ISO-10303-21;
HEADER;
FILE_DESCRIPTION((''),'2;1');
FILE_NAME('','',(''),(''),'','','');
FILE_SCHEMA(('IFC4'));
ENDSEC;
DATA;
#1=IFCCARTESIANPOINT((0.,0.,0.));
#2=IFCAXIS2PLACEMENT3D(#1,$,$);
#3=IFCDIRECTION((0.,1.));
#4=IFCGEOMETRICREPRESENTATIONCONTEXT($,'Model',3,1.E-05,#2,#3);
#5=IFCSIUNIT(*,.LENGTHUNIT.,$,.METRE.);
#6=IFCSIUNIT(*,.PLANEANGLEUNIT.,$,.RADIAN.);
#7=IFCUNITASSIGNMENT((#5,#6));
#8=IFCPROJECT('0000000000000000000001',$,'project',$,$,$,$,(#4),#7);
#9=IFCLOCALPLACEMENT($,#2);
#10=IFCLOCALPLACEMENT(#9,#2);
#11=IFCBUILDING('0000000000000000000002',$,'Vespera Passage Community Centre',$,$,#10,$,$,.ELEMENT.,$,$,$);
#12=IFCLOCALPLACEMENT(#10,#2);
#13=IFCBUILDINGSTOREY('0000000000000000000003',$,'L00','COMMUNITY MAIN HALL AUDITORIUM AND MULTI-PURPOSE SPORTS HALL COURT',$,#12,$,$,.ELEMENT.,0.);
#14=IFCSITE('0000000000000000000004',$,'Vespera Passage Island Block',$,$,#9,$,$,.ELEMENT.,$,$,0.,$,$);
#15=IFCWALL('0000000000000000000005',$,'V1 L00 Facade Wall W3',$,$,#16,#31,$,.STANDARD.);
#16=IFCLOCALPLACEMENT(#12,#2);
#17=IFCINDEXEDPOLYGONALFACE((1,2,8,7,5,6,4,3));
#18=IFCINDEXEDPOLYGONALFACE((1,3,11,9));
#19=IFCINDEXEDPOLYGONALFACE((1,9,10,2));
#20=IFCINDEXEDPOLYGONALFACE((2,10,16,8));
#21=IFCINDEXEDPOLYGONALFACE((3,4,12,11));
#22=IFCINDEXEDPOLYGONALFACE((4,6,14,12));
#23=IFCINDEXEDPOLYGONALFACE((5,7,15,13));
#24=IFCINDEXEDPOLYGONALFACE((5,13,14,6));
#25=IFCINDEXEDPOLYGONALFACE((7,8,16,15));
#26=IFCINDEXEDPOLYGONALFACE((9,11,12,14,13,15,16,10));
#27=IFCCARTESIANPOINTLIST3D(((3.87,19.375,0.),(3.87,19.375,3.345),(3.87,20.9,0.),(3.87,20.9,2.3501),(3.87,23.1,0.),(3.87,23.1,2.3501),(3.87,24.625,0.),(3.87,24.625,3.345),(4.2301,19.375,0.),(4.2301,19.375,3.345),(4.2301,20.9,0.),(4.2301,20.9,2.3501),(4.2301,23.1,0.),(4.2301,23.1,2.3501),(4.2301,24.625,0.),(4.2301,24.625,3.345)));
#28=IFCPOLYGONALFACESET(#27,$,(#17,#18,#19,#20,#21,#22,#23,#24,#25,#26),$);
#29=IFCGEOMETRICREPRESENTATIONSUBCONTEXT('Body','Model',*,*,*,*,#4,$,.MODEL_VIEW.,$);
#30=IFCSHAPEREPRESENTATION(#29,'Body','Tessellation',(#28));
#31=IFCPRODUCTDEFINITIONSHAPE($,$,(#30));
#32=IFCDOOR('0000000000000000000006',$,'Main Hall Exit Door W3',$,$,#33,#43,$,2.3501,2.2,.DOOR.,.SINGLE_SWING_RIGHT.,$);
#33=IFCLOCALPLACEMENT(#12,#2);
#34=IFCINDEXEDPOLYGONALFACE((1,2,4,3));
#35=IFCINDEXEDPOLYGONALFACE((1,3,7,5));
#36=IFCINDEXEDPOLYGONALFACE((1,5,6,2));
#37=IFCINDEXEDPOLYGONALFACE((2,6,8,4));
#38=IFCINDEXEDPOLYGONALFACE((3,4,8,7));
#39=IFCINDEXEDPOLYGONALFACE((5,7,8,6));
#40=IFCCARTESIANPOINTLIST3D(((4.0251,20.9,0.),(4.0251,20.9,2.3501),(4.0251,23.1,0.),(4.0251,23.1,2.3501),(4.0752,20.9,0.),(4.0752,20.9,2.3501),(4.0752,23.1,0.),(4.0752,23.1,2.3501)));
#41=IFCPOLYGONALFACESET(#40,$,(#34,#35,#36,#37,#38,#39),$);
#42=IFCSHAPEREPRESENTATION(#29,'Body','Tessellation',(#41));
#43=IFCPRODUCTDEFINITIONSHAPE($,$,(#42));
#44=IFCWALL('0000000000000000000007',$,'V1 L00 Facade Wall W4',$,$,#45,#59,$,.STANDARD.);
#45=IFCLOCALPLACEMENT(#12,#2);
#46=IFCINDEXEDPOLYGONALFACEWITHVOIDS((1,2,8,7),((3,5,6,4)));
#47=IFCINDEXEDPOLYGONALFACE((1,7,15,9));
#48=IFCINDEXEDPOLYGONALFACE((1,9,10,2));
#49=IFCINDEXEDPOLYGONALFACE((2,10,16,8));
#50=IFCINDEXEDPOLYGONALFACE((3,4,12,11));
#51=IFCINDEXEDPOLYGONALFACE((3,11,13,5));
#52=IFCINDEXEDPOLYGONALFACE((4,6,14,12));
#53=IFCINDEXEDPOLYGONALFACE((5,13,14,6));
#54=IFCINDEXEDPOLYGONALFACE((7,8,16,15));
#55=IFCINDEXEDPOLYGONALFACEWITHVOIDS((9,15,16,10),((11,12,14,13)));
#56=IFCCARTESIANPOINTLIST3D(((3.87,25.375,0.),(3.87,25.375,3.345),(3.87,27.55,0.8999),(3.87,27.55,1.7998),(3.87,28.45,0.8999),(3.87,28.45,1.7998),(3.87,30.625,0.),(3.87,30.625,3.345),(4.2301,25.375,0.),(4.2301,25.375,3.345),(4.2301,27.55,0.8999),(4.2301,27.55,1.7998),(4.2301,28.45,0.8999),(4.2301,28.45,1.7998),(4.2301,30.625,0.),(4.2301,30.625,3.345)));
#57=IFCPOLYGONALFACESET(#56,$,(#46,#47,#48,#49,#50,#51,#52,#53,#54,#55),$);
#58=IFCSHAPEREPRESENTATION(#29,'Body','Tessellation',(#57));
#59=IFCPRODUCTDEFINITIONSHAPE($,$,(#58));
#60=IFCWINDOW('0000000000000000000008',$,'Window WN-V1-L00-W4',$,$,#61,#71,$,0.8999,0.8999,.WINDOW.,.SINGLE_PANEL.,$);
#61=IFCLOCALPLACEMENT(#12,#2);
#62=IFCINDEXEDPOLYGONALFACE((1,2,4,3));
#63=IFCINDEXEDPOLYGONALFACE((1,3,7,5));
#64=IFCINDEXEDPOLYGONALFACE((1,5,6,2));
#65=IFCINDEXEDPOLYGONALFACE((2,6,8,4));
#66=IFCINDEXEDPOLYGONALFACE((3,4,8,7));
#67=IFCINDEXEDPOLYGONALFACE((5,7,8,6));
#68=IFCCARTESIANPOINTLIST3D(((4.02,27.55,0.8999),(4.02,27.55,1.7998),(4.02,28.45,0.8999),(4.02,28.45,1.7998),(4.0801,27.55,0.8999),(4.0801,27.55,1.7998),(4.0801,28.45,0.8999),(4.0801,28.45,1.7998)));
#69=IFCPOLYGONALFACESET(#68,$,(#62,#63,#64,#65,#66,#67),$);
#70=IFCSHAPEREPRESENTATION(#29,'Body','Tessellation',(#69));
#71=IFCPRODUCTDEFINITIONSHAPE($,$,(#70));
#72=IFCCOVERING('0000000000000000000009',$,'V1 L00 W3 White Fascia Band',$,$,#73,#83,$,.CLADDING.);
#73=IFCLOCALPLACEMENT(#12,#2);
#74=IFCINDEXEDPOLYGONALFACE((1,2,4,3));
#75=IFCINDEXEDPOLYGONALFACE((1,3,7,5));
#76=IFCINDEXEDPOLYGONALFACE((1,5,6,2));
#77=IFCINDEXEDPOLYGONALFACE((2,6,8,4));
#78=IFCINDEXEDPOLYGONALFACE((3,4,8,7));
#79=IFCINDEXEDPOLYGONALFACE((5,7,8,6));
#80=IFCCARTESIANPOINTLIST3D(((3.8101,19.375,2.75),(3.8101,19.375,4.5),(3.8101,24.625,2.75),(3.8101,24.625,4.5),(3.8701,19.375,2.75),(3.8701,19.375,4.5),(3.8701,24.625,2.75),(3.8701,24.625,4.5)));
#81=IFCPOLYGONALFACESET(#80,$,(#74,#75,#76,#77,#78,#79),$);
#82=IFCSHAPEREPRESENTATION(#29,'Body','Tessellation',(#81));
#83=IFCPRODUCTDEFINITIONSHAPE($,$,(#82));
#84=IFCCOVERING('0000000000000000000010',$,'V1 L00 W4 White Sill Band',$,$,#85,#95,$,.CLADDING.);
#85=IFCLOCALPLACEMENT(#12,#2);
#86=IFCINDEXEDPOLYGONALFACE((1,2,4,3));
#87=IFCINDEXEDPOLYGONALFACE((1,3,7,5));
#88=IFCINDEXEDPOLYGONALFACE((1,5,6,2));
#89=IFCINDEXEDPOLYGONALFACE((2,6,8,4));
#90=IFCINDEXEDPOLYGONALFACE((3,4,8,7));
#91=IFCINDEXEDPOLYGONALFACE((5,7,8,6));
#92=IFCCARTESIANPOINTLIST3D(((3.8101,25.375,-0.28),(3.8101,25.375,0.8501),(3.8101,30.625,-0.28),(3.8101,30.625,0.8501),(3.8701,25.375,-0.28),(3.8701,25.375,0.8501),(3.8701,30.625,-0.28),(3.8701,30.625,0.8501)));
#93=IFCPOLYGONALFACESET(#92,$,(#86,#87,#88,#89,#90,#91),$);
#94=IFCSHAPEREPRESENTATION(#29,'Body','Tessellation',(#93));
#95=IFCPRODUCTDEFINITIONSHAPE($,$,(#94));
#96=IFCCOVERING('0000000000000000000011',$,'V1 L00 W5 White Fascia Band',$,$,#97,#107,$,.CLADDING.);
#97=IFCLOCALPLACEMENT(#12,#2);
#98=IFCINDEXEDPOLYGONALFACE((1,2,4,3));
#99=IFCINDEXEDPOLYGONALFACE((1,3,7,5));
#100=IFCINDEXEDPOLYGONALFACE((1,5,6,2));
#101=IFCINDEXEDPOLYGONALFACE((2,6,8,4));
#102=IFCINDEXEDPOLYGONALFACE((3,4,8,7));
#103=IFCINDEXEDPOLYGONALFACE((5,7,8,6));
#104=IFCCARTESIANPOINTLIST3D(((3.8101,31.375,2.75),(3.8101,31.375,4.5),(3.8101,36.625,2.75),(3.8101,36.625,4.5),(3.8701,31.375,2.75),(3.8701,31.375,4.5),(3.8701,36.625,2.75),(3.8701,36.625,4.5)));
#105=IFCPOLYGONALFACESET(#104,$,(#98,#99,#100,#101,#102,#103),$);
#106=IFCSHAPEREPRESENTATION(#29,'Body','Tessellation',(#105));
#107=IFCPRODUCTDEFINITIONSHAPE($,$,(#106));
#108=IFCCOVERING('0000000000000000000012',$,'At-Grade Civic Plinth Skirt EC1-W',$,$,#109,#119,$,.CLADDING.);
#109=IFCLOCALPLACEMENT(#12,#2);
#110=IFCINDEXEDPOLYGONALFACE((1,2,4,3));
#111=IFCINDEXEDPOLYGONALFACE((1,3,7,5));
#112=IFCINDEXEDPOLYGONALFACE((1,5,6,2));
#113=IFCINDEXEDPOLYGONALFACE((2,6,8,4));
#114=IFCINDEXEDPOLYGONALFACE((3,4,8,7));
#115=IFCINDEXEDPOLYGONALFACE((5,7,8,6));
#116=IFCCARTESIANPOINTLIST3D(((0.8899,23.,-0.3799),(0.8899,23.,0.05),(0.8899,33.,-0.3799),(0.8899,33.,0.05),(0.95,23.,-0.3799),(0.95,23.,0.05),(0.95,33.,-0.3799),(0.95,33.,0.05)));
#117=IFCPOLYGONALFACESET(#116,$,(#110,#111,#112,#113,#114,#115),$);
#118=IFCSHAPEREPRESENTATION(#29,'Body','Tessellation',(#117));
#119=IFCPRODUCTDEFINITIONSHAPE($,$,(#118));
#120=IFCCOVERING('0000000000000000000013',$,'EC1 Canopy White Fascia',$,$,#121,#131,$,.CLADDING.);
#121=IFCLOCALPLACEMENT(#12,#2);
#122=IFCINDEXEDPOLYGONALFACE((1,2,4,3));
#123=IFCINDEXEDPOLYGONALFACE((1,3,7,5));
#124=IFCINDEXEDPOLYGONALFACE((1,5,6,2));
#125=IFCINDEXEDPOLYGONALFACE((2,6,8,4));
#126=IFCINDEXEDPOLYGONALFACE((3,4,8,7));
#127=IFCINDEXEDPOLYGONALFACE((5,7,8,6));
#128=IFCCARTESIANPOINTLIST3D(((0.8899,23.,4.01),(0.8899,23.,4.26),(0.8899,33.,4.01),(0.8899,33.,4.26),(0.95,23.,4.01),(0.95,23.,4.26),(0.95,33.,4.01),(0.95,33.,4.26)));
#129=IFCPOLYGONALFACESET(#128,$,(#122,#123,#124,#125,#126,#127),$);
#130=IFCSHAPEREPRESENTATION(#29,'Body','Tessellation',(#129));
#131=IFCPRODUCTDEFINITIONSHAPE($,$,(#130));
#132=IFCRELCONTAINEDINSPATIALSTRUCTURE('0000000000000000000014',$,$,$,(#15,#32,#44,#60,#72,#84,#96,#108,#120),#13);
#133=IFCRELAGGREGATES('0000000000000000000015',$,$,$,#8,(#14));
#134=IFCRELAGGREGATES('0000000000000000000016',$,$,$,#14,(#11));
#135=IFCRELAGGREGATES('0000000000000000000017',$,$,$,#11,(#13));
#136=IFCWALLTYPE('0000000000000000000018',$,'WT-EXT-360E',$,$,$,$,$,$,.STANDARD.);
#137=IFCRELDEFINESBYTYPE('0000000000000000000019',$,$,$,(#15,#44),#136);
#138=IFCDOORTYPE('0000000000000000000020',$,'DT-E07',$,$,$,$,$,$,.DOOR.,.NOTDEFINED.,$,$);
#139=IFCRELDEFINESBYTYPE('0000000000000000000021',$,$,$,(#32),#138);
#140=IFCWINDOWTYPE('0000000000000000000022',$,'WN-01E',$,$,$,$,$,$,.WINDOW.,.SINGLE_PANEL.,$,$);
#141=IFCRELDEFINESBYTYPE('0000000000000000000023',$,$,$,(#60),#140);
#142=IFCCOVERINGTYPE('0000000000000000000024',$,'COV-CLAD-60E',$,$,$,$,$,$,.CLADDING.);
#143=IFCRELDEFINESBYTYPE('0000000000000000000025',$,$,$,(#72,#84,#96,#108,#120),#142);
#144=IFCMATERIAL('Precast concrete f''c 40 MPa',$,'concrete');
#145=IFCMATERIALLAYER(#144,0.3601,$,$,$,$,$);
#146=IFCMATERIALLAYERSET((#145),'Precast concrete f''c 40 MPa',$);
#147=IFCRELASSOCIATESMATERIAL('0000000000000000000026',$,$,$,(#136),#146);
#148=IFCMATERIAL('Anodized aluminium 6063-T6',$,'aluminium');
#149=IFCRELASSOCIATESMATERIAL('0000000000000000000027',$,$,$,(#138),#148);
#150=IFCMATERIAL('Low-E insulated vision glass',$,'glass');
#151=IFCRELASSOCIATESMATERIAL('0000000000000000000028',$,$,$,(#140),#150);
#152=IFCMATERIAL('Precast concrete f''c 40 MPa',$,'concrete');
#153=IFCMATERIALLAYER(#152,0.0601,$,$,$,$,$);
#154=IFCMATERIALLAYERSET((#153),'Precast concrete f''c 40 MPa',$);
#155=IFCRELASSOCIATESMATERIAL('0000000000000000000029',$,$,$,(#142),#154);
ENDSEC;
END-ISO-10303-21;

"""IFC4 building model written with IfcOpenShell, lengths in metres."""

from ifc_helpers import new_model, si_unit, direction, frame, frame_2d, origin, place, context, subcontext, project, spatial, rectangle, extrude, material, layer, layer_set, type_object, element, fill, save


model = new_model("IFC4")

# Units and contexts
model_context = context("Model", 3, precision=1e-05, world=origin(), true_north=direction((0.0, 1.0)))
body_context = subcontext(model_context, "Body", "Model", "MODEL_VIEW")
ifc_project = project(units=[si_unit("LENGTHUNIT", "METRE"), si_unit("PLANEANGLEUNIT", "RADIAN")], contexts=[model_context])

# Site, building, storey
site_placement = place(None, origin())
site = spatial("IfcSite", under=ifc_project, at=site_placement, Name="Vespera Passage Island Block", CompositionType="ELEMENT", RefElevation=0.0)
building_placement = place(site_placement, origin())
building = spatial("IfcBuilding", under=site, at=building_placement, Name="Vespera Passage Community Centre", CompositionType="ELEMENT")
storey_placement = place(building_placement, origin())
storey = spatial("IfcBuildingStorey", under=building, at=storey_placement, Name="L00", Description="COMMUNITY MAIN HALL AUDITORIUM AND MULTI-PURPOSE SPORTS HALL COURT", CompositionType="ELEMENT", Elevation=0.0)

# Wall, opening, door
ifc_material_1 = material(Name="Precast concrete f'c 40 MPa", Category="concrete")
ifc_layer_1 = layer(ifc_material_1, 0.3601)
ifc_layer_set_1 = layer_set([ifc_layer_1], Name="Precast concrete f'c 40 MPa")
wall_type = type_object("IfcWallType", Name="WT-EXT-360E", PredefinedType="STANDARD", material=ifc_layer_set_1)
wall_1_placement = place(storey_placement, frame((4.05, 19.375, 0.0), z_axis=(0.0, 0.0, 1.0), x_axis=(0.0, 1.0, 0.0)))
wall_1 = element("IfcWall", 1, at=wall_1_placement, inside=storey, type_object=wall_type, Name="V1 L00 Facade Wall W3", PredefinedType="STANDARD", context=body_context, shape_type="SweptSolid", body=[
    extrude(rectangle(XDim=5.25, YDim=0.3601, at=frame_2d((2.625, 0.0))), origin(), (0.0, 0.0, 1.0), 3.345),
])
opening_1_placement = place(wall_1_placement, frame((1.5249, 0.0, 0.0)))
opening_1 = element("IfcOpeningElement", 2, at=opening_1_placement, cuts=wall_1, PredefinedType="OPENING", context=body_context, shape_type="SweptSolid", body=[
    extrude(rectangle(XDim=2.2, YDim=2.3501, at=frame_2d((1.1001, 1.175))), frame((0.0, 0.1902, 0.0), z_axis=(0.0, -1.0, 0.0), x_axis=(1.0, 0.0, 0.0)), (0.0, 0.0, 1.0), 0.3801),
])
ifc_material_2 = material(Name="Anodized aluminium 6063-T6", Category="aluminium")
door_type = type_object("IfcDoorType", Name="DT-E07", OperationType="NOTDEFINED", PredefinedType="DOOR", material=ifc_material_2)
door_placement = place(opening_1_placement, origin())
door = element("IfcDoor", 3, at=door_placement, inside=storey, type_object=door_type, Name="Main Hall Exit Door W3", OperationType="SINGLE_SWING_RIGHT", OverallHeight=2.3501, OverallWidth=2.2, PredefinedType="DOOR", context=body_context, shape_type="SweptSolid", body=[
    extrude(rectangle(XDim=2.2, YDim=2.3501, at=frame_2d((1.1001, 1.175))), frame((0.0, 0.0249, 0.0), z_axis=(0.0, -1.0, 0.0), x_axis=(1.0, 0.0, 0.0)), (0.0, 0.0, 1.0), 0.05),
])
fill(opening_1, door)

# Wall, opening, window
wall_2_placement = place(storey_placement, frame((4.05, 25.375, 0.0), z_axis=(0.0, 0.0, 1.0), x_axis=(0.0, 1.0, 0.0)))
wall_2 = element("IfcWall", 4, at=wall_2_placement, inside=storey, type_object=wall_type, Name="V1 L00 Facade Wall W4", PredefinedType="STANDARD", context=body_context, shape_type="SweptSolid", body=[
    extrude(rectangle(XDim=5.25, YDim=0.3601, at=frame_2d((2.625, 0.0))), origin(), (0.0, 0.0, 1.0), 3.345),
])
opening_2_placement = place(wall_2_placement, frame((2.175, 0.0, 0.8999)))
opening_2 = element("IfcOpeningElement", 5, at=opening_2_placement, cuts=wall_2, PredefinedType="OPENING", context=body_context, shape_type="SweptSolid", body=[
    extrude(rectangle(XDim=0.8999, YDim=0.8999, at=frame_2d((0.45, 0.45))), frame((0.0, 0.1902, 0.0), z_axis=(0.0, -1.0, 0.0), x_axis=(1.0, 0.0, 0.0)), (0.0, 0.0, 1.0), 0.3801),
])
ifc_material_3 = material(Name="Low-E insulated vision glass", Category="glass")
window_type = type_object("IfcWindowType", Name="WN-01E", PartitioningType="SINGLE_PANEL", PredefinedType="WINDOW", material=ifc_material_3)
window_placement = place(opening_2_placement, origin())
window = element("IfcWindow", 6, at=window_placement, inside=storey, type_object=window_type, Name="Window WN-V1-L00-W4", OverallHeight=0.8999, OverallWidth=0.8999, PartitioningType="SINGLE_PANEL", PredefinedType="WINDOW", context=body_context, shape_type="SweptSolid", body=[
    extrude(rectangle(XDim=0.8999, YDim=0.8999, at=frame_2d((0.45, 0.45))), frame((0.0, 0.03, 0.0), z_axis=(0.0, -1.0, 0.0), x_axis=(1.0, 0.0, 0.0)), (0.0, 0.0, 1.0), 0.0601),
])
fill(opening_2, window)

# Coverings
ifc_material_4 = material(Name="Precast concrete f'c 40 MPa", Category="concrete")
ifc_layer_2 = layer(ifc_material_4, 0.0601)
ifc_layer_set_2 = layer_set([ifc_layer_2], Name="Precast concrete f'c 40 MPa")
covering_type = type_object("IfcCoveringType", Name="COV-CLAD-60E", PredefinedType="CLADDING", material=ifc_layer_set_2)
covering_1_placement = place(storey_placement, frame((3.8401, 19.375, 2.75), z_axis=(0.0, 0.0, 1.0), x_axis=(0.0, 1.0, 0.0)))
element("IfcCovering", 7, at=covering_1_placement, inside=storey, type_object=covering_type, Name="V1 L00 W3 White Fascia Band", PredefinedType="CLADDING", context=body_context, shape_type="SweptSolid", body=[
    extrude(rectangle(XDim=5.25, YDim=0.0601, at=frame_2d((2.625, 0.0))), origin(), (0.0, 0.0, 1.0), 1.75),
])
covering_2_placement = place(storey_placement, frame((3.8401, 25.375, -0.28), z_axis=(0.0, 0.0, 1.0), x_axis=(0.0, 1.0, 0.0)))
element("IfcCovering", 8, at=covering_2_placement, inside=storey, type_object=covering_type, Name="V1 L00 W4 White Sill Band", PredefinedType="CLADDING", context=body_context, shape_type="SweptSolid", body=[
    extrude(rectangle(XDim=5.25, YDim=0.0601, at=frame_2d((2.625, 0.0))), origin(), (0.0, 0.0, 1.0), 1.1301),
])
covering_3_placement = place(storey_placement, frame((3.8401, 31.375, 2.75), z_axis=(0.0, 0.0, 1.0), x_axis=(0.0, 1.0, 0.0)))
element("IfcCovering", 9, at=covering_3_placement, inside=storey, type_object=covering_type, Name="V1 L00 W5 White Fascia Band", PredefinedType="CLADDING", context=body_context, shape_type="SweptSolid", body=[
    extrude(rectangle(XDim=5.25, YDim=0.0601, at=frame_2d((2.625, 0.0))), origin(), (0.0, 0.0, 1.0), 1.75),
])
covering_4_placement = place(storey_placement, frame((0.9199, 23.0, -0.3799), z_axis=(0.0, 0.0, 1.0), x_axis=(0.0, 1.0, 0.0)))
element("IfcCovering", 10, at=covering_4_placement, inside=storey, type_object=covering_type, Name="At-Grade Civic Plinth Skirt EC1-W", PredefinedType="CLADDING", context=body_context, shape_type="SweptSolid", body=[
    extrude(rectangle(XDim=10.0, YDim=0.0601, at=frame_2d((5.0, 0.0))), origin(), (0.0, 0.0, 1.0), 0.4299),
])
covering_5_placement = place(storey_placement, frame((0.9199, 23.0, 4.01), z_axis=(0.0, 0.0, 1.0), x_axis=(0.0, 1.0, 0.0)))
element("IfcCovering", 11, at=covering_5_placement, inside=storey, type_object=covering_type, Name="EC1 Canopy White Fascia", PredefinedType="CLADDING", context=body_context, shape_type="SweptSolid", body=[
    extrude(rectangle(XDim=10.0, YDim=0.0601, at=frame_2d((5.0, 0.0))), origin(), (0.0, 0.0, 1.0), 0.25),
])

save(model, "model.ifc")
